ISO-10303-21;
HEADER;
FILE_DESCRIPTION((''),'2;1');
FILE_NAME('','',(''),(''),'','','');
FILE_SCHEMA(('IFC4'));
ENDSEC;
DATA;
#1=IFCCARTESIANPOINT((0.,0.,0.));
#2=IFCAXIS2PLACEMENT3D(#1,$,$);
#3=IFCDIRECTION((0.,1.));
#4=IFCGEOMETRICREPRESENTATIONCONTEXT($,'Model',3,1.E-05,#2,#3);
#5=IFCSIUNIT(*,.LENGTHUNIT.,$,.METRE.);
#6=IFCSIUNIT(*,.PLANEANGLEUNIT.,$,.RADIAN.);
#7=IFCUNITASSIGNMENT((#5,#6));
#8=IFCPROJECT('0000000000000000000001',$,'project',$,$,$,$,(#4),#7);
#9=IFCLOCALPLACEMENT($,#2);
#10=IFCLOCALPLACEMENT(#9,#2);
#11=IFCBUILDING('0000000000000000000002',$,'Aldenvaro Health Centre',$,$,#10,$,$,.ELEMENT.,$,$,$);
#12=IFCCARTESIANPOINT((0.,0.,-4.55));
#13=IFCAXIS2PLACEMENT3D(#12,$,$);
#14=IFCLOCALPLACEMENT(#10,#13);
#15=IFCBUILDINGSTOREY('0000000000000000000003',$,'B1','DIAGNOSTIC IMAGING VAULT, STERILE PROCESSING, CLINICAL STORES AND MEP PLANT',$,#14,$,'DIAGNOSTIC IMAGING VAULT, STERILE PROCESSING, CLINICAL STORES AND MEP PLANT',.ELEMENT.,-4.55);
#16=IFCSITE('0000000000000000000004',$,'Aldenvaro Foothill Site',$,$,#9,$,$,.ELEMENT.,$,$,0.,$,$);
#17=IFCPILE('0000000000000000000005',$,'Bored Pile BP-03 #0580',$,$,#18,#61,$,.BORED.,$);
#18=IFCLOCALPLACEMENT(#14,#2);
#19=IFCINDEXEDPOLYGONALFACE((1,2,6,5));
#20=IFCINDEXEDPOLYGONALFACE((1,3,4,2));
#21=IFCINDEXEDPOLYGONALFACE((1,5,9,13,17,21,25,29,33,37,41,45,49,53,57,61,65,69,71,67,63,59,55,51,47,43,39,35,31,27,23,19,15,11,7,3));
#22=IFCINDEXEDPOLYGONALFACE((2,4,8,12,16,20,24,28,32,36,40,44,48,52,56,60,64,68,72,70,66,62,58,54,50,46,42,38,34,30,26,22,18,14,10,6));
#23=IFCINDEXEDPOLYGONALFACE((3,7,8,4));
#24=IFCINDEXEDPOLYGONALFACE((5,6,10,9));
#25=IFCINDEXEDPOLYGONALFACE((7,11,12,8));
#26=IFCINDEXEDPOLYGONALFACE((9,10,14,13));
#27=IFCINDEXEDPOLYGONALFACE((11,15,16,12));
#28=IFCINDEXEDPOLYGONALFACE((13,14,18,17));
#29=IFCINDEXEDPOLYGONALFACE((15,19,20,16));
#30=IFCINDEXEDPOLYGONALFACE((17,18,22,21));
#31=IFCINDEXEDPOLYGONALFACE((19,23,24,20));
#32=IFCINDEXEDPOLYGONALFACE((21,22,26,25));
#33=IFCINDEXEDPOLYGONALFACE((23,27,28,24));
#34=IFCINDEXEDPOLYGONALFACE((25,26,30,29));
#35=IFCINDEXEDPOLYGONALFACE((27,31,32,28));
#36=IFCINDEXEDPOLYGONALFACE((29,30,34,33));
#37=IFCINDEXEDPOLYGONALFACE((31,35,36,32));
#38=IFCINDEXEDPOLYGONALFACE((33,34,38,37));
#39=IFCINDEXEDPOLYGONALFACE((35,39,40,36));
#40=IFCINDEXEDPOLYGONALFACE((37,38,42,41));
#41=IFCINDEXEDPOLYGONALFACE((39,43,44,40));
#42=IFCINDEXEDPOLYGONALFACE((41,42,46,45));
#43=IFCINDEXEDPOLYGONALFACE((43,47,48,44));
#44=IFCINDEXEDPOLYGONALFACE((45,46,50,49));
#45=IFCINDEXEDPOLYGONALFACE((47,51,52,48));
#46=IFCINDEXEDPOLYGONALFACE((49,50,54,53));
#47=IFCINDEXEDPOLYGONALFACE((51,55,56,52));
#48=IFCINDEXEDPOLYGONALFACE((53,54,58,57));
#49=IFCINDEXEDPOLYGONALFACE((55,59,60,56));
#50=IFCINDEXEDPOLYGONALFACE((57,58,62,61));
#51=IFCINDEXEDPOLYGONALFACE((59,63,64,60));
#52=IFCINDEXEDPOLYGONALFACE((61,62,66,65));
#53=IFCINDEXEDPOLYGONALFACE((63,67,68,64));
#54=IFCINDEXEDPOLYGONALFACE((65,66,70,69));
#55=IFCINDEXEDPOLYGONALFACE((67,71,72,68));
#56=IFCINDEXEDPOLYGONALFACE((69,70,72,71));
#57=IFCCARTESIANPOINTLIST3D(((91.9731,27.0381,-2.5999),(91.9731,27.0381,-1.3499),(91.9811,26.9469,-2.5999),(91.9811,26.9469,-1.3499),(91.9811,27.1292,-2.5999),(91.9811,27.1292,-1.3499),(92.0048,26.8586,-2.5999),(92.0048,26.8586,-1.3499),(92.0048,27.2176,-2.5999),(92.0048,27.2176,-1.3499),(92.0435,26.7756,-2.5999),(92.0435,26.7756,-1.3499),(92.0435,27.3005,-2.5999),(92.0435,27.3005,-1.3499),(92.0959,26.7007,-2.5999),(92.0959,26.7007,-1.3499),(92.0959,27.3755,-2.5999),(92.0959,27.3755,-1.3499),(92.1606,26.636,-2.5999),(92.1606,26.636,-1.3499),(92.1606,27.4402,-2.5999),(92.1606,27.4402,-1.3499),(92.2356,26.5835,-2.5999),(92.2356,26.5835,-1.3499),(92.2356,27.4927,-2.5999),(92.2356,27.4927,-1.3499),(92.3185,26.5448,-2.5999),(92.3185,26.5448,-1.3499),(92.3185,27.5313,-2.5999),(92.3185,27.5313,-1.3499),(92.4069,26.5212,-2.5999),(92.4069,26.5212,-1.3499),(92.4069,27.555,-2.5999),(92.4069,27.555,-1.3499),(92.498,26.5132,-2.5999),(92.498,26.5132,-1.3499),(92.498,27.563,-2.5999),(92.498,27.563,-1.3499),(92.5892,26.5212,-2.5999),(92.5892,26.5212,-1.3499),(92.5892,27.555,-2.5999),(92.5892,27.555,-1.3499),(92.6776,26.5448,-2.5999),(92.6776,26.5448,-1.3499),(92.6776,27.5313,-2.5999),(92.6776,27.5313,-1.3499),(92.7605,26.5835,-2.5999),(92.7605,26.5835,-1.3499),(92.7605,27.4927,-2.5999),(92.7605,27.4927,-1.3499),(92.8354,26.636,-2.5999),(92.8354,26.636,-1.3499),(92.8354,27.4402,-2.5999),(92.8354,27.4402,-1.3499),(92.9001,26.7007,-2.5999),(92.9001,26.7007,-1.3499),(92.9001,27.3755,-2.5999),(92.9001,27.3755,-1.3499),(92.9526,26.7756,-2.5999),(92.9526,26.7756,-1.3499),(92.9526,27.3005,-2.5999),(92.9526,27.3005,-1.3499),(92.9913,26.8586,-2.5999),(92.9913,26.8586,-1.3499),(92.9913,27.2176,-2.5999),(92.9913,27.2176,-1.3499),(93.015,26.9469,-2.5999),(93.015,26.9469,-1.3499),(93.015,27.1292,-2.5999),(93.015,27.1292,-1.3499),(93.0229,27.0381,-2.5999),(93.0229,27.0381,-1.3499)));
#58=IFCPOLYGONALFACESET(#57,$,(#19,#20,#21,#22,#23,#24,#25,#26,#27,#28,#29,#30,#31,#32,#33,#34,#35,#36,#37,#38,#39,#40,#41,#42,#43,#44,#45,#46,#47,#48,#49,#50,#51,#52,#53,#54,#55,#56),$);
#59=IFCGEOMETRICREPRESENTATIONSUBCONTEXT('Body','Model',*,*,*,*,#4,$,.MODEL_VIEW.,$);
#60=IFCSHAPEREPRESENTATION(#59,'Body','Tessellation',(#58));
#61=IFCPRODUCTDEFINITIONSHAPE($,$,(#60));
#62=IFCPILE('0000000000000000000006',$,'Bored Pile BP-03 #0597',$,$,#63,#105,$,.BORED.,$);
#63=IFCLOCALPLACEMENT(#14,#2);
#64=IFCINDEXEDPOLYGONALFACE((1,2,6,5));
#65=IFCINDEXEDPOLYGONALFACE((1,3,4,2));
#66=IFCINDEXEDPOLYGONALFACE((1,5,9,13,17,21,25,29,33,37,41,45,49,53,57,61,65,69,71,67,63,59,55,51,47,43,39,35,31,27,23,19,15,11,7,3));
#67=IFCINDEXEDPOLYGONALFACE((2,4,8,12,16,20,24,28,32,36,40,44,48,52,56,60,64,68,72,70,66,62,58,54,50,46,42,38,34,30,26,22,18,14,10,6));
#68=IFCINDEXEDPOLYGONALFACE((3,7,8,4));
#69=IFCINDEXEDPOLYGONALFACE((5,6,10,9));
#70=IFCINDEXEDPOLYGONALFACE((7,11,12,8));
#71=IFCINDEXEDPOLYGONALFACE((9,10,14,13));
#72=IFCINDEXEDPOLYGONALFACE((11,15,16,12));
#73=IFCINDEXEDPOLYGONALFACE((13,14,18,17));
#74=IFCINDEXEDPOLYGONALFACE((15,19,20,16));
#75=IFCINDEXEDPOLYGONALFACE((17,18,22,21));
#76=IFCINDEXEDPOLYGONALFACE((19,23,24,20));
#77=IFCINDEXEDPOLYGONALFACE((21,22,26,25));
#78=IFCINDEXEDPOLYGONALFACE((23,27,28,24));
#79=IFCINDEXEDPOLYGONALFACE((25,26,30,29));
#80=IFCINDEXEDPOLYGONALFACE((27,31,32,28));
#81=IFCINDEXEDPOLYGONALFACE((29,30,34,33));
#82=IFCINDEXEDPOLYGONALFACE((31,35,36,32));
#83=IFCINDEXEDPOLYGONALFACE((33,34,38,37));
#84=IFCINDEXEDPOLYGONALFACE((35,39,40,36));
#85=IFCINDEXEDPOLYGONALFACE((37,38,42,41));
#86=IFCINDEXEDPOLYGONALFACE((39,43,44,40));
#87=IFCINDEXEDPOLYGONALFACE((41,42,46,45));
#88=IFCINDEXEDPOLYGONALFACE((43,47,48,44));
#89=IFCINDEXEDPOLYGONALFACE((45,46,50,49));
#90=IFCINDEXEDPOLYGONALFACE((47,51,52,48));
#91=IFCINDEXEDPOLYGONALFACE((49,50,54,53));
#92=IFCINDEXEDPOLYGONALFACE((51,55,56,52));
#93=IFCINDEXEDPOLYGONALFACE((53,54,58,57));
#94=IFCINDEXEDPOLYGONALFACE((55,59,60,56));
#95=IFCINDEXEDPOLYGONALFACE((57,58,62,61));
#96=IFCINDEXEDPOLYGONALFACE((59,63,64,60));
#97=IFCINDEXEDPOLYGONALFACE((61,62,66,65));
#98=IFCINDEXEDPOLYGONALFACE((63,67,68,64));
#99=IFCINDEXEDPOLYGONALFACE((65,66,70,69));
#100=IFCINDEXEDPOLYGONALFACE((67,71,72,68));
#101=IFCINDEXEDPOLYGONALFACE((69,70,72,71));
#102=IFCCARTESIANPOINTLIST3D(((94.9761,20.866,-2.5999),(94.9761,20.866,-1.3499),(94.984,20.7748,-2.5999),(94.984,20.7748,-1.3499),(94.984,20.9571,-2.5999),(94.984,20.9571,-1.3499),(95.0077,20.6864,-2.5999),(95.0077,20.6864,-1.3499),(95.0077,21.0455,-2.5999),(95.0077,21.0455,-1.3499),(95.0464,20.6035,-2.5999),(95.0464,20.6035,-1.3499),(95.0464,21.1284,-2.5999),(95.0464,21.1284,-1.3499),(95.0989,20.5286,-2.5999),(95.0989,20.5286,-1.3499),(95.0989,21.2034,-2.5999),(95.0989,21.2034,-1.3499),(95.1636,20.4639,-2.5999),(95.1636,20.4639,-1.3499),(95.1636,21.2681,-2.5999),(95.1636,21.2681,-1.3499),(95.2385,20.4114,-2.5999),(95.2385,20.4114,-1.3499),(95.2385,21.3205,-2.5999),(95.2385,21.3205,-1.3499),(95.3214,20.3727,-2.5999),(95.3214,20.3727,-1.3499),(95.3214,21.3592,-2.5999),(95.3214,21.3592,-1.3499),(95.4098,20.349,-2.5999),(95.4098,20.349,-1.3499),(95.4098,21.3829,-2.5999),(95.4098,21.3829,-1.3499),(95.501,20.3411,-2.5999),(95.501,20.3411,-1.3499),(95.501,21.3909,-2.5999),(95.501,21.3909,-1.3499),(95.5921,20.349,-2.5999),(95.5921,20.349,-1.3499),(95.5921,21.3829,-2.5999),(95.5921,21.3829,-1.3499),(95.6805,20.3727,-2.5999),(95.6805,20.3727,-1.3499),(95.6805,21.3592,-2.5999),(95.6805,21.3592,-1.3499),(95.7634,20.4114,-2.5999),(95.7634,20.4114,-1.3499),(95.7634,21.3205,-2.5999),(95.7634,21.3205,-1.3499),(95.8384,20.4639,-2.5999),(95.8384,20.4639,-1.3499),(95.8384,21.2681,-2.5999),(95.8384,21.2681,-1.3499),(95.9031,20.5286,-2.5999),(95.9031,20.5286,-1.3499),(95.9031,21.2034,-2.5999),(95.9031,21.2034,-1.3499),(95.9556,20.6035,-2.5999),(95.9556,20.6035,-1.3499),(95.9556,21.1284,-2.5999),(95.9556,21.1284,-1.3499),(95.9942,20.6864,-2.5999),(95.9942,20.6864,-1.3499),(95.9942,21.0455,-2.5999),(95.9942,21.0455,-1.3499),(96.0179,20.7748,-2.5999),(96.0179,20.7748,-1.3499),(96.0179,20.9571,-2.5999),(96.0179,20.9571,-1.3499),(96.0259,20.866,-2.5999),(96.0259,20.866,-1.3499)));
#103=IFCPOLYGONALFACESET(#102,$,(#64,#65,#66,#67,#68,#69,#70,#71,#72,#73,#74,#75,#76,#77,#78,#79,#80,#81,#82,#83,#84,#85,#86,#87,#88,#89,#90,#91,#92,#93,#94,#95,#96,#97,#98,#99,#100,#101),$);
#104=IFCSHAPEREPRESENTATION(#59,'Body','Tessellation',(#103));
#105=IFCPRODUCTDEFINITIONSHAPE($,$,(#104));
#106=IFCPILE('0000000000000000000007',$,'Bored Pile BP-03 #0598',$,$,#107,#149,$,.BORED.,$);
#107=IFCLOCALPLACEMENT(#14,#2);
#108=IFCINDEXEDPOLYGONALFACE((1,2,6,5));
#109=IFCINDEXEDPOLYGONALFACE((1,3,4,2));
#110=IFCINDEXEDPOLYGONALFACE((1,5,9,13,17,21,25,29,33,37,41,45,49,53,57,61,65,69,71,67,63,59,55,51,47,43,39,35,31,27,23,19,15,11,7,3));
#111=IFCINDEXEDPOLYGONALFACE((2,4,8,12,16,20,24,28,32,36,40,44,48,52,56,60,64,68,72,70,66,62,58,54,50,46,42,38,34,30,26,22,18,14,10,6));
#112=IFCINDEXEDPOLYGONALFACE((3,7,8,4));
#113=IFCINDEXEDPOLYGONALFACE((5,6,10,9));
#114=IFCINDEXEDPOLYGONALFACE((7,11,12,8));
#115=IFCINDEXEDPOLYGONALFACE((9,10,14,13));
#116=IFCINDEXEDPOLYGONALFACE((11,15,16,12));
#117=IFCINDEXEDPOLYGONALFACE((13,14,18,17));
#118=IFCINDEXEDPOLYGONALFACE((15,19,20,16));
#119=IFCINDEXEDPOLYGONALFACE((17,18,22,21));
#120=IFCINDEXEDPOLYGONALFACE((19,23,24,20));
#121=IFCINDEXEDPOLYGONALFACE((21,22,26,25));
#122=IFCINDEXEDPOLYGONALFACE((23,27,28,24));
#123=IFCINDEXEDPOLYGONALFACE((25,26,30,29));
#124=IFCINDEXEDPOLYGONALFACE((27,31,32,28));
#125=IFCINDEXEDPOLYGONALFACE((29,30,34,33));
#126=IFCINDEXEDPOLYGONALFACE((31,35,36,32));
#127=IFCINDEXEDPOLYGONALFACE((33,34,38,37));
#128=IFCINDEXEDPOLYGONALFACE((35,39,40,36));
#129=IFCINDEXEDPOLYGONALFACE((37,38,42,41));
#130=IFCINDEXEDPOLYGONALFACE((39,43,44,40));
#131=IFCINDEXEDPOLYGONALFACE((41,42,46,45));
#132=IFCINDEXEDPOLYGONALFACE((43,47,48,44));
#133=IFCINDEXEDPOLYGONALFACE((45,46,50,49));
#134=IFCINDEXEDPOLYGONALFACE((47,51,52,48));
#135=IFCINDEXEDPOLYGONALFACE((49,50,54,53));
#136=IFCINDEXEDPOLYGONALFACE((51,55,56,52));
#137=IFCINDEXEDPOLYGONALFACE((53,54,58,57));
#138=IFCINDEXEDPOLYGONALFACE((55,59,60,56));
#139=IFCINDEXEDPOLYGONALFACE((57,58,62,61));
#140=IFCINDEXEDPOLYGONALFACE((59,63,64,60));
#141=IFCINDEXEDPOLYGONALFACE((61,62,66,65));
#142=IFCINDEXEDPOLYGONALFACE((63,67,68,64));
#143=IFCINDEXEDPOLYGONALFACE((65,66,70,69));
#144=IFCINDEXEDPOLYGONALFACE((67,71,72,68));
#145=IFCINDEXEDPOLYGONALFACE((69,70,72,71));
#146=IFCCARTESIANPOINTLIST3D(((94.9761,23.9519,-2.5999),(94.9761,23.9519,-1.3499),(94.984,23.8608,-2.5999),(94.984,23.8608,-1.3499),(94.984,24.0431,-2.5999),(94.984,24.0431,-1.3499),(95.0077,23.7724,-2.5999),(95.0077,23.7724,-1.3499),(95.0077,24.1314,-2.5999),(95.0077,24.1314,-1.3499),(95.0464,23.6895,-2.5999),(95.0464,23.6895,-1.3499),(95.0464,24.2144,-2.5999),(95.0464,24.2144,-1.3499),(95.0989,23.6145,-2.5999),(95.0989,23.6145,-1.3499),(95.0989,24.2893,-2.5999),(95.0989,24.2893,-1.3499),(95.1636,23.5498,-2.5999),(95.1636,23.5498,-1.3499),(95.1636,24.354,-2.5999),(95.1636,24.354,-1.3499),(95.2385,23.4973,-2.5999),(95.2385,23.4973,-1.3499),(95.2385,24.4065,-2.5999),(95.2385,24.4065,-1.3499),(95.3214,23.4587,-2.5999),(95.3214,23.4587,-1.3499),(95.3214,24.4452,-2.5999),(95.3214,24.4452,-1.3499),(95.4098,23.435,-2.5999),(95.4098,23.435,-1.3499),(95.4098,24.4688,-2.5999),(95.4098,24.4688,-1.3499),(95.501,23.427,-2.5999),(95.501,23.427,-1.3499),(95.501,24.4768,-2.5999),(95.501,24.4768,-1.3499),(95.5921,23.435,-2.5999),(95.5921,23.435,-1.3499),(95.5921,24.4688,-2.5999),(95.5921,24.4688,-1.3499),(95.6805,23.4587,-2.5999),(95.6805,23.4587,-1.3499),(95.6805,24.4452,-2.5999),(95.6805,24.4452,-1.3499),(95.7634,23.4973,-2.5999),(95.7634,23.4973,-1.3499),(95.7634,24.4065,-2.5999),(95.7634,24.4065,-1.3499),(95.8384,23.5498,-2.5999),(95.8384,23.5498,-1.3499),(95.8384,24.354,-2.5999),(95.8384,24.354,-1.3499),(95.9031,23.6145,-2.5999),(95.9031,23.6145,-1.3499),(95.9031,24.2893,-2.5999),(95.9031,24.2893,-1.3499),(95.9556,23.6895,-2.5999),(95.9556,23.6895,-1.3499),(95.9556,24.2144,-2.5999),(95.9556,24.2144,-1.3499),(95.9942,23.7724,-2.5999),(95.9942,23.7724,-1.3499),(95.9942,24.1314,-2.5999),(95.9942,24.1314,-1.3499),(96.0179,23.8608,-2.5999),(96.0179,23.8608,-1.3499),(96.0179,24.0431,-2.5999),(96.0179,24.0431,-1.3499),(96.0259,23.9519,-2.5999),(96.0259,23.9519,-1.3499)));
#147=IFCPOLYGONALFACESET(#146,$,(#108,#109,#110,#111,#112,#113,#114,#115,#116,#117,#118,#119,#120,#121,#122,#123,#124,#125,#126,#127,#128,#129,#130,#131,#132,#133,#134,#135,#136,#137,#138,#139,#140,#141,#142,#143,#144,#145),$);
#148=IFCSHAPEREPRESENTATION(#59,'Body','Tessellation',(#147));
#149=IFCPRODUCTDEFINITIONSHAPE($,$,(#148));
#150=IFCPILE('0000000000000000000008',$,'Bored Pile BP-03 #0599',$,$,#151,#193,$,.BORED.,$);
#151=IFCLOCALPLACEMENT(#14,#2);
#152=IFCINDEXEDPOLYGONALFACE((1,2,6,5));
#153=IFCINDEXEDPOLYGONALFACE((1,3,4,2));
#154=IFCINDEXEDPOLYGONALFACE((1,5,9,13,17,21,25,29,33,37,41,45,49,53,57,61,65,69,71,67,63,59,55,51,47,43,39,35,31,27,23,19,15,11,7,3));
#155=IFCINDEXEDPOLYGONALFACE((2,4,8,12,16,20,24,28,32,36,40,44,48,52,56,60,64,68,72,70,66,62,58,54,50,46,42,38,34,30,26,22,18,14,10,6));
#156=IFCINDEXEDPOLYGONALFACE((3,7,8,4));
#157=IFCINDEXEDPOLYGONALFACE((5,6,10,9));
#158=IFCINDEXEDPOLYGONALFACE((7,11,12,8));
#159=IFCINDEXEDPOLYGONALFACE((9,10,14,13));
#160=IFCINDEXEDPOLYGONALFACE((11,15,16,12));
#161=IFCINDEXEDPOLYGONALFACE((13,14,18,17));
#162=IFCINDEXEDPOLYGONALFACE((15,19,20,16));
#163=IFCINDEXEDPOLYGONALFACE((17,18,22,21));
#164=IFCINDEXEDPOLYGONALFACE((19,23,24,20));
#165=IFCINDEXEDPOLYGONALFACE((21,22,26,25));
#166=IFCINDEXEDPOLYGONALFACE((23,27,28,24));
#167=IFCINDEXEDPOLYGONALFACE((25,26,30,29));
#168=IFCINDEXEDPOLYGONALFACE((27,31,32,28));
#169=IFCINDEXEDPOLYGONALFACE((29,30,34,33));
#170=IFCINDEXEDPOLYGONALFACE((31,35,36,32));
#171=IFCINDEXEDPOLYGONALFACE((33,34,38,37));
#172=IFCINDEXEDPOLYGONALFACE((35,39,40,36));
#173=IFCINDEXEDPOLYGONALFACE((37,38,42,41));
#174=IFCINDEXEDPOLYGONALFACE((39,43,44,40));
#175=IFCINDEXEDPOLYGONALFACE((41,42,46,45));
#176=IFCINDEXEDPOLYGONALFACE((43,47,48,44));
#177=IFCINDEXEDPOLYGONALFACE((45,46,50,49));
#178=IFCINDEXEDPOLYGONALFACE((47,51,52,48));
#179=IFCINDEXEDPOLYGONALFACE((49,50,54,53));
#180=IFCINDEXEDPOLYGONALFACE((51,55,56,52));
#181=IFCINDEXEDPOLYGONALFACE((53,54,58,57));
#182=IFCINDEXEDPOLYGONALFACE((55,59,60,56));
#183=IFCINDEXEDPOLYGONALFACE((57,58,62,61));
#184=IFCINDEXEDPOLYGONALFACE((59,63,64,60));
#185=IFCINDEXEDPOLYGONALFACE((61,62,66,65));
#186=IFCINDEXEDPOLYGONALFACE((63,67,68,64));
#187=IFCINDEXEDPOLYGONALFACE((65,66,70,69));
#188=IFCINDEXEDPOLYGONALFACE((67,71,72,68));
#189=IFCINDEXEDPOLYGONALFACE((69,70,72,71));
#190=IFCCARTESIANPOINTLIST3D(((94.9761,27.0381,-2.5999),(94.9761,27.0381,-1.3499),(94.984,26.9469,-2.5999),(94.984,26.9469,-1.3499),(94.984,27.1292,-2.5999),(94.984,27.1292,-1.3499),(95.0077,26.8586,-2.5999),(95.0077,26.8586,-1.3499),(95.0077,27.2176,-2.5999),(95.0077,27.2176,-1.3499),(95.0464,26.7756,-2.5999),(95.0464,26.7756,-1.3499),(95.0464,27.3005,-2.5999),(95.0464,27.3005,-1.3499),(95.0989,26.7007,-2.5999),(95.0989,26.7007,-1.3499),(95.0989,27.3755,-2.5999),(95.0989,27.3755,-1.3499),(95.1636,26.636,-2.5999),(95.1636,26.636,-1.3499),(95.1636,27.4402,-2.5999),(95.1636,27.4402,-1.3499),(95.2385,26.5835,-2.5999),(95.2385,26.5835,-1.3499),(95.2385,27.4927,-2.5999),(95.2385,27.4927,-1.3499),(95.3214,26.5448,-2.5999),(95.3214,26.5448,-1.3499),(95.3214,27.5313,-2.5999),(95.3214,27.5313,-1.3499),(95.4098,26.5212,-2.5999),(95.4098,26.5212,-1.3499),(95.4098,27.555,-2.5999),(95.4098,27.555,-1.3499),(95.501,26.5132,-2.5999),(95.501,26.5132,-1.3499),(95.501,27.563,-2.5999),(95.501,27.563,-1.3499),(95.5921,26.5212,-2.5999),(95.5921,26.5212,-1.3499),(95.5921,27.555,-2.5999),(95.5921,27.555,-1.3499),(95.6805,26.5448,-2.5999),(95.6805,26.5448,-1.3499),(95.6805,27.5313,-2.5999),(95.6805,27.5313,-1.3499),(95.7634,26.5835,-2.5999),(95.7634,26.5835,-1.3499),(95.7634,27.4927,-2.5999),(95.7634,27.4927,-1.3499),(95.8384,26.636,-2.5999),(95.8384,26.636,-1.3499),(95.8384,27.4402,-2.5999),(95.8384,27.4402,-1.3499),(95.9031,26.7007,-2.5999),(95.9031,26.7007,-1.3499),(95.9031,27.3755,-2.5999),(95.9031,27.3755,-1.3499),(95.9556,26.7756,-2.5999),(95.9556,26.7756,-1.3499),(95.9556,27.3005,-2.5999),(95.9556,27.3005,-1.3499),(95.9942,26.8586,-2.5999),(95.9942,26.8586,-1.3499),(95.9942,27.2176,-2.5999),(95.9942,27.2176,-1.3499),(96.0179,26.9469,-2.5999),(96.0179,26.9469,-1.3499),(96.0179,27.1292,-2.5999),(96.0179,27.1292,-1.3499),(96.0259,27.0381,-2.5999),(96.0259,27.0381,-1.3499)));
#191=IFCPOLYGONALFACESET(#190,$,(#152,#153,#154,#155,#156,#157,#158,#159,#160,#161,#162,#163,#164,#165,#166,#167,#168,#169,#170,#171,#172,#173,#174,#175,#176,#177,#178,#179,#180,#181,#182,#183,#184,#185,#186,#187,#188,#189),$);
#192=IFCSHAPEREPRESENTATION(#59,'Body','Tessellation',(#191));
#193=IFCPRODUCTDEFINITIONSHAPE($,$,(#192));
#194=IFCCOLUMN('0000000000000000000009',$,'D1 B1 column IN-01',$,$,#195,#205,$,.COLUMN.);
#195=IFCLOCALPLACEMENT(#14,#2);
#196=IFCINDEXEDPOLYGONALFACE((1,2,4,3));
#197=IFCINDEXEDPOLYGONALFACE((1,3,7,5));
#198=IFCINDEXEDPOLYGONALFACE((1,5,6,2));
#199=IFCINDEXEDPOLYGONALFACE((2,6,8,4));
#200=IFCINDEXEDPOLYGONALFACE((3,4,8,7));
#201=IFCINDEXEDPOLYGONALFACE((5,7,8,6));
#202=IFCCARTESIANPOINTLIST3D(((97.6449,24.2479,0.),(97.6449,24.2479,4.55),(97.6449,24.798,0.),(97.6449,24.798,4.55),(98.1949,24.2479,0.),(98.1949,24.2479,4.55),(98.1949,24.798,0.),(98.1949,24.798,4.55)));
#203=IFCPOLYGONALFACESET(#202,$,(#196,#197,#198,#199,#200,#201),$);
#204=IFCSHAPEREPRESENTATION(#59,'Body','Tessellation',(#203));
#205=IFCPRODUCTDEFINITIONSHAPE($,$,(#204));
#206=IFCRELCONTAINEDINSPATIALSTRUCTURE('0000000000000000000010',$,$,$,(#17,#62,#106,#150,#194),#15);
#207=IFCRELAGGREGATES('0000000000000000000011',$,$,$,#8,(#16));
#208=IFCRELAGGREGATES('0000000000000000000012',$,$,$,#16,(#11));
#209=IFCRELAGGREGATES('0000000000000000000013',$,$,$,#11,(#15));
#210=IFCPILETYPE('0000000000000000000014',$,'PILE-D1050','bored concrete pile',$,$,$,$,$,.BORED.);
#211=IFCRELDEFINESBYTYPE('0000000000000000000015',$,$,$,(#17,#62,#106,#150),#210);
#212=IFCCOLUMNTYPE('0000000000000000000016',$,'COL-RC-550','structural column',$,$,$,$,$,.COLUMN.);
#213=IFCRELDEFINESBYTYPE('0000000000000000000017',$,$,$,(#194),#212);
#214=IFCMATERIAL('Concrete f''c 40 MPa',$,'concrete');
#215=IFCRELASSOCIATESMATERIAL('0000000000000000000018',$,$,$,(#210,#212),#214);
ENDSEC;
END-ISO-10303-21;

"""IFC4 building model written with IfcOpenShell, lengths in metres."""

from ifc_helpers import new_model, si_unit, direction, frame, origin, origin_2d, place, context, subcontext, project, spatial, rectangle, circle, extrude, material, material_profile, profile_set, type_object, element, save


model = new_model("IFC4")

# Units and contexts
model_context = context("Model", 3, precision=1e-05, world=origin(), true_north=direction((0.0, 1.0)))
body_context = subcontext(model_context, "Body", "Model", "MODEL_VIEW")
ifc_project = project(units=[si_unit("LENGTHUNIT", "METRE"), si_unit("PLANEANGLEUNIT", "RADIAN")], contexts=[model_context])

# Site, building, storey
site_placement = place(None, origin())
site = spatial("IfcSite", under=ifc_project, at=site_placement, Name="Aldenvaro Foothill Site", CompositionType="ELEMENT", RefElevation=0.0)
building_placement = place(site_placement, origin())
building = spatial("IfcBuilding", under=site, at=building_placement, Name="Aldenvaro Health Centre", CompositionType="ELEMENT")
storey_placement = place(building_placement, frame((0.0, 0.0, -4.55)))
storey = spatial("IfcBuildingStorey", under=building, at=storey_placement, Name="B1", Description="DIAGNOSTIC IMAGING VAULT, STERILE PROCESSING, CLINICAL STORES AND MEP PLANT", LongName="DIAGNOSTIC IMAGING VAULT, STERILE PROCESSING, CLINICAL STORES AND MEP PLANT", CompositionType="ELEMENT", Elevation=-4.55)

# Piles
ifc_material_1 = material(Name="Concrete f'c 40 MPa", Category="concrete")
ifc_material_profile_1 = material_profile(ifc_material_1, circle(Radius=0.5249, at=origin_2d()), Name="PILE D1050", Category="concrete")
ifc_profile_set_1 = profile_set([ifc_material_profile_1], Name="Concrete f'c 40 MPa")
pile_type = type_object("IfcPileType", Name="PILE-D1050", Description="bored concrete pile", PredefinedType="BORED", material=ifc_profile_set_1)
for number, where, z_axis, x_axis, name in (
    (1, (92.498, 27.0381, -1.3499), (0.0, 0.0, -1.0), (1.0, 0.0, 0.0), "Bored Pile BP-03 #0580"),
    (2, (95.501, 20.866, -1.3499), (0.0, 0.0, -1.0), (1.0, 0.0, 0.0), "Bored Pile BP-03 #0597"),
    (3, (95.501, 23.9519, -1.3499), (0.0, 0.0, -1.0), (1.0, 0.0, 0.0), "Bored Pile BP-03 #0598"),
    (4, (95.501, 27.0381, -1.3499), (0.0, 0.0, -1.0), (1.0, 0.0, 0.0), "Bored Pile BP-03 #0599"),
):
    element("IfcPile", number, at=place(storey_placement, frame(where, z_axis=z_axis, x_axis=x_axis)), inside=storey, type_object=pile_type, Name=name, PredefinedType="BORED", context=body_context, shape_type="SweptSolid", body=[
        extrude(circle(Radius=0.5249, at=origin_2d()), origin(), (0.0, 0.0, 1.0), 1.25),
    ])

# Column
ifc_material_profile_2 = material_profile(ifc_material_1, rectangle(XDim=0.55, YDim=0.55, at=origin_2d()), Name="RC 550x550", Category="concrete")
ifc_profile_set_2 = profile_set([ifc_material_profile_2], Name="Concrete f'c 40 MPa")
column_type = type_object("IfcColumnType", Name="COL-RC-550", Description="structural column", PredefinedType="COLUMN", material=ifc_profile_set_2)
for number, where, z_axis, x_axis, name in (
    (5, (97.9199, 24.5229, 0.0), (0.0, 0.0, 1.0), (1.0, 0.0, 0.0), "D1 B1 column IN-01"),
):
    element("IfcColumn", number, at=place(storey_placement, frame(where, z_axis=z_axis, x_axis=x_axis)), inside=storey, type_object=column_type, Name=name, PredefinedType="COLUMN", context=body_context, shape_type="SweptSolid", body=[
        extrude(rectangle(XDim=0.55, YDim=0.55, at=origin_2d()), origin(), (0.0, 0.0, 1.0), 4.55),
    ])

save(model, "model.ifc")
